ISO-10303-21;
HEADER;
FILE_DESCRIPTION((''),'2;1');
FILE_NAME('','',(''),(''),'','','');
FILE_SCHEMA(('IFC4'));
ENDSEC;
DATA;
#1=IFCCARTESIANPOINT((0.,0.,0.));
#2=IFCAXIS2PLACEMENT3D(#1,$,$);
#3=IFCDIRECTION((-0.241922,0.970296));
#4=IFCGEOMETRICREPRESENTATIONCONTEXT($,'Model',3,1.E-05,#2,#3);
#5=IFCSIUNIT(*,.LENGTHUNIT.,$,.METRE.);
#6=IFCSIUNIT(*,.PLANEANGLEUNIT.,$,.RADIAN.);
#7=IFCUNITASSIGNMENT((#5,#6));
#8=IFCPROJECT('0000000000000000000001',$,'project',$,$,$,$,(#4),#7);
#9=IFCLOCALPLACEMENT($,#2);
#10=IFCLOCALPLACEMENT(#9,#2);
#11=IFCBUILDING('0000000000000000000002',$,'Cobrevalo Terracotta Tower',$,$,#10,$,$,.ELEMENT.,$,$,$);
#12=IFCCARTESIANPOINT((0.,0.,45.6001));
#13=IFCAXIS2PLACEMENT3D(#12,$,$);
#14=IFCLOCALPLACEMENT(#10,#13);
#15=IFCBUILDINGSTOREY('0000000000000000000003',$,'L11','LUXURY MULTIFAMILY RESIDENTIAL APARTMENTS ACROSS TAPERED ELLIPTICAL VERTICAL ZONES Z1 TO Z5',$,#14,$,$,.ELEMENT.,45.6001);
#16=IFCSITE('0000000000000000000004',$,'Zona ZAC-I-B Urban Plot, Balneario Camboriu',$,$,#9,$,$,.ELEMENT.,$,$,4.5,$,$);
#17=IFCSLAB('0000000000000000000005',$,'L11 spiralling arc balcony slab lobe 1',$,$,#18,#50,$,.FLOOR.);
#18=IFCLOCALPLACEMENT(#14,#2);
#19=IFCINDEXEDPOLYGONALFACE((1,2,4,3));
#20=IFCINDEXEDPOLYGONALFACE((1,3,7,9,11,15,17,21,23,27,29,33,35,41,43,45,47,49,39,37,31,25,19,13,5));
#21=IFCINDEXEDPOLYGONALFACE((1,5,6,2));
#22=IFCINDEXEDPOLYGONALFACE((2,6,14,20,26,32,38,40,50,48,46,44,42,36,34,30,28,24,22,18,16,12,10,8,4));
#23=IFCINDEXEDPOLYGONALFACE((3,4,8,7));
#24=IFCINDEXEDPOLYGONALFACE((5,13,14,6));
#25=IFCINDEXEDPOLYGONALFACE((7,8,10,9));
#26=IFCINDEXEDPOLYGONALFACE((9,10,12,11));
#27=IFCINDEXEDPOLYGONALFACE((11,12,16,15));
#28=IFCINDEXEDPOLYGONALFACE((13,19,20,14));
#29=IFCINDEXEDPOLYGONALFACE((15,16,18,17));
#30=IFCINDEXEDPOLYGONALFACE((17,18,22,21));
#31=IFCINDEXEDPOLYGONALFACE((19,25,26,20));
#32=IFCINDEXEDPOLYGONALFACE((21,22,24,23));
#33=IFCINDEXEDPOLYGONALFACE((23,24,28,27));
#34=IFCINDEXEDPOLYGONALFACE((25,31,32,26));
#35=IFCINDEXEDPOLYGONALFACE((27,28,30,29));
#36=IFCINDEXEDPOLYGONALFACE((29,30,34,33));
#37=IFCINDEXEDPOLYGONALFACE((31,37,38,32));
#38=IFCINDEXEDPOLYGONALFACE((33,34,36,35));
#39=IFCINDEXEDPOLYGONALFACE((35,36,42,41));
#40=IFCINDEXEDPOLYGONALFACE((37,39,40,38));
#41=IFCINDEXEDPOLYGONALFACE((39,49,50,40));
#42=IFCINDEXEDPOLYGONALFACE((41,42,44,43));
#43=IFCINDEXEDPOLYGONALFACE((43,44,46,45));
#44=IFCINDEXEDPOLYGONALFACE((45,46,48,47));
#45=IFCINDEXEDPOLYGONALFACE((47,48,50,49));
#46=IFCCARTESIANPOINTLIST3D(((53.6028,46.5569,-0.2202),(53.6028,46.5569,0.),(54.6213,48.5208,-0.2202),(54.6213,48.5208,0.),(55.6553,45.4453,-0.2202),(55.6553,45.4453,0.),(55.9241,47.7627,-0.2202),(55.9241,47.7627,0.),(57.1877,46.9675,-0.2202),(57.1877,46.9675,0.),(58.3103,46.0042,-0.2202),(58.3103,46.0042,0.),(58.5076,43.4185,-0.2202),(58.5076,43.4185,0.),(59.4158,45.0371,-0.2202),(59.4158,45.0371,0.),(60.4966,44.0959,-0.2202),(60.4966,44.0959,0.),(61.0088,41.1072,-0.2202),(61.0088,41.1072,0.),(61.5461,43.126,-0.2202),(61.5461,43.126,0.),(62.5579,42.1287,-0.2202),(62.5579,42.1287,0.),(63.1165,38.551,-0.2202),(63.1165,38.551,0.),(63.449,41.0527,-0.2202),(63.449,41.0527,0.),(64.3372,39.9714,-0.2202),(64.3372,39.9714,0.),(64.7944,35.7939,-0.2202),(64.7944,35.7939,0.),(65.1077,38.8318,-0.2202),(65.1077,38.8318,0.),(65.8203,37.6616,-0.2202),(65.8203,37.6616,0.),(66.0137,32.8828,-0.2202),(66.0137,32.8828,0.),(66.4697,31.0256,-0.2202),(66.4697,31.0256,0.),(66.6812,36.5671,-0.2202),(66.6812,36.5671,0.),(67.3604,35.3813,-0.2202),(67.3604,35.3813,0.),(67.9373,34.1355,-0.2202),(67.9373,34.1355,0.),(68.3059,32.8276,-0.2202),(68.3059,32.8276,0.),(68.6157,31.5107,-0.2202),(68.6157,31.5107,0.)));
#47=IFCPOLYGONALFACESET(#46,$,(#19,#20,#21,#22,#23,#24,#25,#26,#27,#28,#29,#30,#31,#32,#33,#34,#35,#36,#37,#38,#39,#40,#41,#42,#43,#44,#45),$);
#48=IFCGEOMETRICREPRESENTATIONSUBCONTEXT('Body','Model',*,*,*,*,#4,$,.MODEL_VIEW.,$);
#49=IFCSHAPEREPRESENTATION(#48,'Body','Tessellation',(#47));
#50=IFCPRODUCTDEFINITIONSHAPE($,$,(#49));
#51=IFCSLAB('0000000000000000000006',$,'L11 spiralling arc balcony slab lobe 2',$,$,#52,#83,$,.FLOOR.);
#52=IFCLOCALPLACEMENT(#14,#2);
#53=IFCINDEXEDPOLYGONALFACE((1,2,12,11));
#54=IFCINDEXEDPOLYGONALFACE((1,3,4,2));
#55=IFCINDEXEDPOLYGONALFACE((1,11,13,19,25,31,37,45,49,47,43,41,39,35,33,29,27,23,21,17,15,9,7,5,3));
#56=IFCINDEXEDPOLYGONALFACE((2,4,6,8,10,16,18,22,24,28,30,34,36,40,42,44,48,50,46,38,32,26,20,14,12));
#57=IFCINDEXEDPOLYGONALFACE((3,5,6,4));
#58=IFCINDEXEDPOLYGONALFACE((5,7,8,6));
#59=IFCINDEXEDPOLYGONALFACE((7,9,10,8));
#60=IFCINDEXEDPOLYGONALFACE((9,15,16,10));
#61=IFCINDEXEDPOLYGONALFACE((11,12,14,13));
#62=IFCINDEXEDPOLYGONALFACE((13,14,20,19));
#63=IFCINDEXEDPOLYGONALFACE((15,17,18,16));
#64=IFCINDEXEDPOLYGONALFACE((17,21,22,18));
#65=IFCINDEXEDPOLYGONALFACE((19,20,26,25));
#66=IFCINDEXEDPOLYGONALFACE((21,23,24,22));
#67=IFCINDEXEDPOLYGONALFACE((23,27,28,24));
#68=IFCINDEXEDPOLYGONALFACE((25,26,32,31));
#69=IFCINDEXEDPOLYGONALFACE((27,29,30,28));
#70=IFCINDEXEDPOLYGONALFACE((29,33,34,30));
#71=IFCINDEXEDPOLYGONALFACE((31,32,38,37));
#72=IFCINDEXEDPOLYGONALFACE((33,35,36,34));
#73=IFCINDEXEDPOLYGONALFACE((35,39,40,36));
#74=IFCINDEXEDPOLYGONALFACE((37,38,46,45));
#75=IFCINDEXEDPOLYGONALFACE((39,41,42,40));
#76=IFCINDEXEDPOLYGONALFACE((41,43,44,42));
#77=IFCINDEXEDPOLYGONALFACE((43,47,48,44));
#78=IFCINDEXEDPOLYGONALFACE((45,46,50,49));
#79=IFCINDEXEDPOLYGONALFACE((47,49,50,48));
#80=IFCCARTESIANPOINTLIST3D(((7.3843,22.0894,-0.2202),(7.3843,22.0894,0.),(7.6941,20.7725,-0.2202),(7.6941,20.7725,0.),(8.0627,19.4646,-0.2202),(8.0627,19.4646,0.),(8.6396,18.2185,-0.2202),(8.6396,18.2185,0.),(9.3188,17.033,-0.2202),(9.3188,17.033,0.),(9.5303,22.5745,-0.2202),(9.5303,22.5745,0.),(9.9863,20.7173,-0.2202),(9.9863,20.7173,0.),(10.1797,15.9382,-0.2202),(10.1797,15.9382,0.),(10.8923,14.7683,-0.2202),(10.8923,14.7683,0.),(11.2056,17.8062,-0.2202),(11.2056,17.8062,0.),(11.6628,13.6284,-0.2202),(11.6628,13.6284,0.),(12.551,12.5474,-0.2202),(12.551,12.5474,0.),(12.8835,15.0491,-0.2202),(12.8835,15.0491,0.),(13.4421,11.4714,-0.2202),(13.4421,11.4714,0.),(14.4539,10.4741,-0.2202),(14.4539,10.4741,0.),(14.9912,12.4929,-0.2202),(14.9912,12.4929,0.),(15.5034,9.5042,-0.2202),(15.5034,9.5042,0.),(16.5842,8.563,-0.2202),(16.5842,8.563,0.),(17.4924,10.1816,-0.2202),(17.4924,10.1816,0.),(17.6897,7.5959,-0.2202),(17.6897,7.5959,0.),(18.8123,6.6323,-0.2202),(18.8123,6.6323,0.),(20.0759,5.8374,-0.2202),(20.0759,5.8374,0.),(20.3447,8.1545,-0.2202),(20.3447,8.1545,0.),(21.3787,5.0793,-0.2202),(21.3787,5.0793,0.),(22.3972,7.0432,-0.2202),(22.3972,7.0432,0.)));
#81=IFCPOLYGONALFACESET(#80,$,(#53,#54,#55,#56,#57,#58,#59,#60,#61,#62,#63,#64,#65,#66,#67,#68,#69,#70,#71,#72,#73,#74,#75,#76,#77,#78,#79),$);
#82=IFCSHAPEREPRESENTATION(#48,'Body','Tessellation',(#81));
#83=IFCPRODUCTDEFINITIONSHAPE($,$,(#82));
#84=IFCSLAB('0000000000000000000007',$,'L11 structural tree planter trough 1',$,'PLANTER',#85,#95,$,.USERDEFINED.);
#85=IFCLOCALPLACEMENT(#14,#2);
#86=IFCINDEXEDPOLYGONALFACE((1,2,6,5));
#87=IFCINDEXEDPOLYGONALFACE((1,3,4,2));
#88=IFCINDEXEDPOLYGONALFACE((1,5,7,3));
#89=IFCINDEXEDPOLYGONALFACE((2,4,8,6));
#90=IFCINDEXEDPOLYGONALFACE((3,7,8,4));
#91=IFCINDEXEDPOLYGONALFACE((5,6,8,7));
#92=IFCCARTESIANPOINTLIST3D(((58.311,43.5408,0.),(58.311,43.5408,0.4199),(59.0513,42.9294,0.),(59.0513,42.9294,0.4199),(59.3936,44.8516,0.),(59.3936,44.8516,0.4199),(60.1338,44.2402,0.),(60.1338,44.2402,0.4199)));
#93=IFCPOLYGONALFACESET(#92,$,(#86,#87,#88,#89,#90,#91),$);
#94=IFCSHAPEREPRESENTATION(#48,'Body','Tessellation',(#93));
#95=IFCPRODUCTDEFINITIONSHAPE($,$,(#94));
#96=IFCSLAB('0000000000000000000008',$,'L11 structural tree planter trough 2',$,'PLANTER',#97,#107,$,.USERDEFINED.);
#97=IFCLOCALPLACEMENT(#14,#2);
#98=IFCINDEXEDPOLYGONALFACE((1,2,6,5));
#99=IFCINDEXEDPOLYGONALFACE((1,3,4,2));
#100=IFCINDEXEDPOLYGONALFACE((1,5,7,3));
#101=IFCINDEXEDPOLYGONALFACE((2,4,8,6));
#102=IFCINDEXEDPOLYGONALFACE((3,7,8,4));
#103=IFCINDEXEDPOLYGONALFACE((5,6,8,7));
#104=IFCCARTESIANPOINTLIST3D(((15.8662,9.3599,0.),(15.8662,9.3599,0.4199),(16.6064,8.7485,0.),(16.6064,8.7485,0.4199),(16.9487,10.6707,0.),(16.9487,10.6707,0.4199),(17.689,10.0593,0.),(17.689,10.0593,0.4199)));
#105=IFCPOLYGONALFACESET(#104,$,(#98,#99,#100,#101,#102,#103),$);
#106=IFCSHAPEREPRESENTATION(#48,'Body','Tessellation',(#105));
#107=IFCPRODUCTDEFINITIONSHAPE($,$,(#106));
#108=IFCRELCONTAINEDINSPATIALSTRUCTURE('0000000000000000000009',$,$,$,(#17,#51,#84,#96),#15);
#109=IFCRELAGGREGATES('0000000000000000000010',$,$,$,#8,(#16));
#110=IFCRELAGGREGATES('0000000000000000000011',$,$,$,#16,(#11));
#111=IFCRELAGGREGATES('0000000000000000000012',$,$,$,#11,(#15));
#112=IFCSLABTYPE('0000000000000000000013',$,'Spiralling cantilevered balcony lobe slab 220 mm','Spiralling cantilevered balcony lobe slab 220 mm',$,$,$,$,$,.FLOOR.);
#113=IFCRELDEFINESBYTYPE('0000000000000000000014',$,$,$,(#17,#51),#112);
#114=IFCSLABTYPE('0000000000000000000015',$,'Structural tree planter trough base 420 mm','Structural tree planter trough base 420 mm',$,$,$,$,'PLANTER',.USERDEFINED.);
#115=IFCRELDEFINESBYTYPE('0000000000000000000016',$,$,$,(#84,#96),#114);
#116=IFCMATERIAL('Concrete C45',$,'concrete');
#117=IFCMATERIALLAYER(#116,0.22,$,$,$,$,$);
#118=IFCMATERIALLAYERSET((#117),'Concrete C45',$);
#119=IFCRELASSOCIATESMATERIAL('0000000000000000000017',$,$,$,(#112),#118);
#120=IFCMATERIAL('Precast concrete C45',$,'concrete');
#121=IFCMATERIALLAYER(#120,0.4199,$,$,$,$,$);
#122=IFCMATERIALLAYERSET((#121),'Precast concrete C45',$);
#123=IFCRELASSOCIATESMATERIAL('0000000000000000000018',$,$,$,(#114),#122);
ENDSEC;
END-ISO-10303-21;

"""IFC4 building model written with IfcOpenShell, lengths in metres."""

from ifc_helpers import new_model, si_unit, direction, frame, origin, place, context, subcontext, project, spatial, polyline, outline, extrude, material, layer, layer_set, type_object, element, save


model = new_model("IFC4")

# Units and contexts
model_context = context("Model", 3, precision=1e-05, world=origin(), true_north=direction((-0.241922, 0.970296)))
body_context = subcontext(model_context, "Body", "Model", "MODEL_VIEW")
ifc_project = project(units=[si_unit("LENGTHUNIT", "METRE"), si_unit("PLANEANGLEUNIT", "RADIAN")], contexts=[model_context])

# Site, building, storey
site_placement = place(None, origin())
site = spatial("IfcSite", under=ifc_project, at=site_placement, Name="Zona ZAC-I-B Urban Plot, Balneario Camboriu", CompositionType="ELEMENT", RefElevation=4.5)
building_placement = place(site_placement, origin())
building = spatial("IfcBuilding", under=site, at=building_placement, Name="Cobrevalo Terracotta Tower", CompositionType="ELEMENT")
storey_placement = place(building_placement, frame((0.0, 0.0, 45.6001)))
storey = spatial("IfcBuildingStorey", under=building, at=storey_placement, Name="L11", Description="LUXURY MULTIFAMILY RESIDENTIAL APARTMENTS ACROSS TAPERED ELLIPTICAL VERTICAL ZONES Z1 TO Z5", CompositionType="ELEMENT", Elevation=45.6001)

# Slabs
ifc_material_1 = material(Name="Concrete C45", Category="concrete")
ifc_layer_1 = layer(ifc_material_1, 0.22)
ifc_layer_set_1 = layer_set([ifc_layer_1], Name="Concrete C45")
slab_type_1 = type_object("IfcSlabType", Name="Spiralling cantilevered balcony lobe slab 220 mm", Description="Spiralling cantilevered balcony lobe slab 220 mm", PredefinedType="FLOOR", material=ifc_layer_set_1)
slab_1_placement = place(storey_placement, frame((0.0, 0.0, -0.2202)))
element("IfcSlab", 1, at=slab_1_placement, inside=storey, type_object=slab_type_1, Name="L11 spiralling arc balcony slab lobe 1", PredefinedType="FLOOR", context=body_context, shape_type="SweptSolid", body=[
    extrude(outline(polyline([(68.6157, 31.5107), (68.3059, 32.8276), (67.9373, 34.1355), (67.3604, 35.3813), (66.6812, 36.5671), (65.8203, 37.6616), (65.1077, 38.8318), (64.3372, 39.9714), (63.449, 41.0527), (62.5579, 42.1287), (61.5461, 43.126), (60.4966, 44.0959), (59.4158, 45.0371), (58.3103, 46.0042), (57.1877, 46.9675), (55.9241, 47.7627), (54.6213, 48.5208), (53.6028, 46.5569), (55.6553, 45.4453), (58.5076, 43.4185), (61.0088, 41.1072), (63.1165, 38.551), (64.7944, 35.7939), (66.0137, 32.8828), (66.4697, 31.0256), (68.6157, 31.5107)])), origin(), (0.0, 0.0, 1.0), 0.2202),
])
slab_2_placement = place(storey_placement, frame((0.0, 0.0, -0.2202)))
element("IfcSlab", 2, at=slab_2_placement, inside=storey, type_object=slab_type_1, Name="L11 spiralling arc balcony slab lobe 2", PredefinedType="FLOOR", context=body_context, shape_type="SweptSolid", body=[
    extrude(outline(polyline([(7.3843, 22.0894), (7.6941, 20.7725), (8.0627, 19.4646), (8.6396, 18.2185), (9.3188, 17.033), (10.1797, 15.9382), (10.8923, 14.7683), (11.6628, 13.6284), (12.551, 12.5474), (13.4421, 11.4714), (14.4539, 10.4741), (15.5034, 9.5042), (16.5842, 8.563), (17.6897, 7.5959), (18.8123, 6.6323), (20.0759, 5.8374), (21.3787, 5.0793), (22.3972, 7.0432), (20.3447, 8.1545), (17.4924, 10.1816), (14.9912, 12.4929), (12.8835, 15.0491), (11.2056, 17.8062), (9.9863, 20.7173), (9.5303, 22.5745), (7.3843, 22.0894)])), origin(), (0.0, 0.0, 1.0), 0.2202),
])
ifc_material_2 = material(Name="Precast concrete C45", Category="concrete")
ifc_layer_2 = layer(ifc_material_2, 0.4199)
ifc_layer_set_2 = layer_set([ifc_layer_2], Name="Precast concrete C45")
slab_type_2 = type_object("IfcSlabType", Name="Structural tree planter trough base 420 mm", Description="Structural tree planter trough base 420 mm", ElementType="PLANTER", PredefinedType="USERDEFINED", material=ifc_layer_set_2)
slab_3_placement = place(storey_placement, origin())
element("IfcSlab", 3, at=slab_3_placement, inside=storey, type_object=slab_type_2, Name="L11 structural tree planter trough 1", ObjectType="PLANTER", PredefinedType="USERDEFINED", context=body_context, shape_type="SweptSolid", body=[
    extrude(outline(polyline([(59.0513, 42.9294), (60.1338, 44.2402), (59.3936, 44.8516), (58.311, 43.5408), (59.0513, 42.9294)])), origin(), (0.0, 0.0, 1.0), 0.4199),
])
slab_4_placement = place(storey_placement, origin())
element("IfcSlab", 4, at=slab_4_placement, inside=storey, type_object=slab_type_2, Name="L11 structural tree planter trough 2", ObjectType="PLANTER", PredefinedType="USERDEFINED", context=body_context, shape_type="SweptSolid", body=[
    extrude(outline(polyline([(16.9487, 10.6707), (15.8662, 9.3599), (16.6064, 8.7485), (17.689, 10.0593), (16.9487, 10.6707)])), origin(), (0.0, 0.0, 1.0), 0.4199),
])

save(model, "model.ifc")
